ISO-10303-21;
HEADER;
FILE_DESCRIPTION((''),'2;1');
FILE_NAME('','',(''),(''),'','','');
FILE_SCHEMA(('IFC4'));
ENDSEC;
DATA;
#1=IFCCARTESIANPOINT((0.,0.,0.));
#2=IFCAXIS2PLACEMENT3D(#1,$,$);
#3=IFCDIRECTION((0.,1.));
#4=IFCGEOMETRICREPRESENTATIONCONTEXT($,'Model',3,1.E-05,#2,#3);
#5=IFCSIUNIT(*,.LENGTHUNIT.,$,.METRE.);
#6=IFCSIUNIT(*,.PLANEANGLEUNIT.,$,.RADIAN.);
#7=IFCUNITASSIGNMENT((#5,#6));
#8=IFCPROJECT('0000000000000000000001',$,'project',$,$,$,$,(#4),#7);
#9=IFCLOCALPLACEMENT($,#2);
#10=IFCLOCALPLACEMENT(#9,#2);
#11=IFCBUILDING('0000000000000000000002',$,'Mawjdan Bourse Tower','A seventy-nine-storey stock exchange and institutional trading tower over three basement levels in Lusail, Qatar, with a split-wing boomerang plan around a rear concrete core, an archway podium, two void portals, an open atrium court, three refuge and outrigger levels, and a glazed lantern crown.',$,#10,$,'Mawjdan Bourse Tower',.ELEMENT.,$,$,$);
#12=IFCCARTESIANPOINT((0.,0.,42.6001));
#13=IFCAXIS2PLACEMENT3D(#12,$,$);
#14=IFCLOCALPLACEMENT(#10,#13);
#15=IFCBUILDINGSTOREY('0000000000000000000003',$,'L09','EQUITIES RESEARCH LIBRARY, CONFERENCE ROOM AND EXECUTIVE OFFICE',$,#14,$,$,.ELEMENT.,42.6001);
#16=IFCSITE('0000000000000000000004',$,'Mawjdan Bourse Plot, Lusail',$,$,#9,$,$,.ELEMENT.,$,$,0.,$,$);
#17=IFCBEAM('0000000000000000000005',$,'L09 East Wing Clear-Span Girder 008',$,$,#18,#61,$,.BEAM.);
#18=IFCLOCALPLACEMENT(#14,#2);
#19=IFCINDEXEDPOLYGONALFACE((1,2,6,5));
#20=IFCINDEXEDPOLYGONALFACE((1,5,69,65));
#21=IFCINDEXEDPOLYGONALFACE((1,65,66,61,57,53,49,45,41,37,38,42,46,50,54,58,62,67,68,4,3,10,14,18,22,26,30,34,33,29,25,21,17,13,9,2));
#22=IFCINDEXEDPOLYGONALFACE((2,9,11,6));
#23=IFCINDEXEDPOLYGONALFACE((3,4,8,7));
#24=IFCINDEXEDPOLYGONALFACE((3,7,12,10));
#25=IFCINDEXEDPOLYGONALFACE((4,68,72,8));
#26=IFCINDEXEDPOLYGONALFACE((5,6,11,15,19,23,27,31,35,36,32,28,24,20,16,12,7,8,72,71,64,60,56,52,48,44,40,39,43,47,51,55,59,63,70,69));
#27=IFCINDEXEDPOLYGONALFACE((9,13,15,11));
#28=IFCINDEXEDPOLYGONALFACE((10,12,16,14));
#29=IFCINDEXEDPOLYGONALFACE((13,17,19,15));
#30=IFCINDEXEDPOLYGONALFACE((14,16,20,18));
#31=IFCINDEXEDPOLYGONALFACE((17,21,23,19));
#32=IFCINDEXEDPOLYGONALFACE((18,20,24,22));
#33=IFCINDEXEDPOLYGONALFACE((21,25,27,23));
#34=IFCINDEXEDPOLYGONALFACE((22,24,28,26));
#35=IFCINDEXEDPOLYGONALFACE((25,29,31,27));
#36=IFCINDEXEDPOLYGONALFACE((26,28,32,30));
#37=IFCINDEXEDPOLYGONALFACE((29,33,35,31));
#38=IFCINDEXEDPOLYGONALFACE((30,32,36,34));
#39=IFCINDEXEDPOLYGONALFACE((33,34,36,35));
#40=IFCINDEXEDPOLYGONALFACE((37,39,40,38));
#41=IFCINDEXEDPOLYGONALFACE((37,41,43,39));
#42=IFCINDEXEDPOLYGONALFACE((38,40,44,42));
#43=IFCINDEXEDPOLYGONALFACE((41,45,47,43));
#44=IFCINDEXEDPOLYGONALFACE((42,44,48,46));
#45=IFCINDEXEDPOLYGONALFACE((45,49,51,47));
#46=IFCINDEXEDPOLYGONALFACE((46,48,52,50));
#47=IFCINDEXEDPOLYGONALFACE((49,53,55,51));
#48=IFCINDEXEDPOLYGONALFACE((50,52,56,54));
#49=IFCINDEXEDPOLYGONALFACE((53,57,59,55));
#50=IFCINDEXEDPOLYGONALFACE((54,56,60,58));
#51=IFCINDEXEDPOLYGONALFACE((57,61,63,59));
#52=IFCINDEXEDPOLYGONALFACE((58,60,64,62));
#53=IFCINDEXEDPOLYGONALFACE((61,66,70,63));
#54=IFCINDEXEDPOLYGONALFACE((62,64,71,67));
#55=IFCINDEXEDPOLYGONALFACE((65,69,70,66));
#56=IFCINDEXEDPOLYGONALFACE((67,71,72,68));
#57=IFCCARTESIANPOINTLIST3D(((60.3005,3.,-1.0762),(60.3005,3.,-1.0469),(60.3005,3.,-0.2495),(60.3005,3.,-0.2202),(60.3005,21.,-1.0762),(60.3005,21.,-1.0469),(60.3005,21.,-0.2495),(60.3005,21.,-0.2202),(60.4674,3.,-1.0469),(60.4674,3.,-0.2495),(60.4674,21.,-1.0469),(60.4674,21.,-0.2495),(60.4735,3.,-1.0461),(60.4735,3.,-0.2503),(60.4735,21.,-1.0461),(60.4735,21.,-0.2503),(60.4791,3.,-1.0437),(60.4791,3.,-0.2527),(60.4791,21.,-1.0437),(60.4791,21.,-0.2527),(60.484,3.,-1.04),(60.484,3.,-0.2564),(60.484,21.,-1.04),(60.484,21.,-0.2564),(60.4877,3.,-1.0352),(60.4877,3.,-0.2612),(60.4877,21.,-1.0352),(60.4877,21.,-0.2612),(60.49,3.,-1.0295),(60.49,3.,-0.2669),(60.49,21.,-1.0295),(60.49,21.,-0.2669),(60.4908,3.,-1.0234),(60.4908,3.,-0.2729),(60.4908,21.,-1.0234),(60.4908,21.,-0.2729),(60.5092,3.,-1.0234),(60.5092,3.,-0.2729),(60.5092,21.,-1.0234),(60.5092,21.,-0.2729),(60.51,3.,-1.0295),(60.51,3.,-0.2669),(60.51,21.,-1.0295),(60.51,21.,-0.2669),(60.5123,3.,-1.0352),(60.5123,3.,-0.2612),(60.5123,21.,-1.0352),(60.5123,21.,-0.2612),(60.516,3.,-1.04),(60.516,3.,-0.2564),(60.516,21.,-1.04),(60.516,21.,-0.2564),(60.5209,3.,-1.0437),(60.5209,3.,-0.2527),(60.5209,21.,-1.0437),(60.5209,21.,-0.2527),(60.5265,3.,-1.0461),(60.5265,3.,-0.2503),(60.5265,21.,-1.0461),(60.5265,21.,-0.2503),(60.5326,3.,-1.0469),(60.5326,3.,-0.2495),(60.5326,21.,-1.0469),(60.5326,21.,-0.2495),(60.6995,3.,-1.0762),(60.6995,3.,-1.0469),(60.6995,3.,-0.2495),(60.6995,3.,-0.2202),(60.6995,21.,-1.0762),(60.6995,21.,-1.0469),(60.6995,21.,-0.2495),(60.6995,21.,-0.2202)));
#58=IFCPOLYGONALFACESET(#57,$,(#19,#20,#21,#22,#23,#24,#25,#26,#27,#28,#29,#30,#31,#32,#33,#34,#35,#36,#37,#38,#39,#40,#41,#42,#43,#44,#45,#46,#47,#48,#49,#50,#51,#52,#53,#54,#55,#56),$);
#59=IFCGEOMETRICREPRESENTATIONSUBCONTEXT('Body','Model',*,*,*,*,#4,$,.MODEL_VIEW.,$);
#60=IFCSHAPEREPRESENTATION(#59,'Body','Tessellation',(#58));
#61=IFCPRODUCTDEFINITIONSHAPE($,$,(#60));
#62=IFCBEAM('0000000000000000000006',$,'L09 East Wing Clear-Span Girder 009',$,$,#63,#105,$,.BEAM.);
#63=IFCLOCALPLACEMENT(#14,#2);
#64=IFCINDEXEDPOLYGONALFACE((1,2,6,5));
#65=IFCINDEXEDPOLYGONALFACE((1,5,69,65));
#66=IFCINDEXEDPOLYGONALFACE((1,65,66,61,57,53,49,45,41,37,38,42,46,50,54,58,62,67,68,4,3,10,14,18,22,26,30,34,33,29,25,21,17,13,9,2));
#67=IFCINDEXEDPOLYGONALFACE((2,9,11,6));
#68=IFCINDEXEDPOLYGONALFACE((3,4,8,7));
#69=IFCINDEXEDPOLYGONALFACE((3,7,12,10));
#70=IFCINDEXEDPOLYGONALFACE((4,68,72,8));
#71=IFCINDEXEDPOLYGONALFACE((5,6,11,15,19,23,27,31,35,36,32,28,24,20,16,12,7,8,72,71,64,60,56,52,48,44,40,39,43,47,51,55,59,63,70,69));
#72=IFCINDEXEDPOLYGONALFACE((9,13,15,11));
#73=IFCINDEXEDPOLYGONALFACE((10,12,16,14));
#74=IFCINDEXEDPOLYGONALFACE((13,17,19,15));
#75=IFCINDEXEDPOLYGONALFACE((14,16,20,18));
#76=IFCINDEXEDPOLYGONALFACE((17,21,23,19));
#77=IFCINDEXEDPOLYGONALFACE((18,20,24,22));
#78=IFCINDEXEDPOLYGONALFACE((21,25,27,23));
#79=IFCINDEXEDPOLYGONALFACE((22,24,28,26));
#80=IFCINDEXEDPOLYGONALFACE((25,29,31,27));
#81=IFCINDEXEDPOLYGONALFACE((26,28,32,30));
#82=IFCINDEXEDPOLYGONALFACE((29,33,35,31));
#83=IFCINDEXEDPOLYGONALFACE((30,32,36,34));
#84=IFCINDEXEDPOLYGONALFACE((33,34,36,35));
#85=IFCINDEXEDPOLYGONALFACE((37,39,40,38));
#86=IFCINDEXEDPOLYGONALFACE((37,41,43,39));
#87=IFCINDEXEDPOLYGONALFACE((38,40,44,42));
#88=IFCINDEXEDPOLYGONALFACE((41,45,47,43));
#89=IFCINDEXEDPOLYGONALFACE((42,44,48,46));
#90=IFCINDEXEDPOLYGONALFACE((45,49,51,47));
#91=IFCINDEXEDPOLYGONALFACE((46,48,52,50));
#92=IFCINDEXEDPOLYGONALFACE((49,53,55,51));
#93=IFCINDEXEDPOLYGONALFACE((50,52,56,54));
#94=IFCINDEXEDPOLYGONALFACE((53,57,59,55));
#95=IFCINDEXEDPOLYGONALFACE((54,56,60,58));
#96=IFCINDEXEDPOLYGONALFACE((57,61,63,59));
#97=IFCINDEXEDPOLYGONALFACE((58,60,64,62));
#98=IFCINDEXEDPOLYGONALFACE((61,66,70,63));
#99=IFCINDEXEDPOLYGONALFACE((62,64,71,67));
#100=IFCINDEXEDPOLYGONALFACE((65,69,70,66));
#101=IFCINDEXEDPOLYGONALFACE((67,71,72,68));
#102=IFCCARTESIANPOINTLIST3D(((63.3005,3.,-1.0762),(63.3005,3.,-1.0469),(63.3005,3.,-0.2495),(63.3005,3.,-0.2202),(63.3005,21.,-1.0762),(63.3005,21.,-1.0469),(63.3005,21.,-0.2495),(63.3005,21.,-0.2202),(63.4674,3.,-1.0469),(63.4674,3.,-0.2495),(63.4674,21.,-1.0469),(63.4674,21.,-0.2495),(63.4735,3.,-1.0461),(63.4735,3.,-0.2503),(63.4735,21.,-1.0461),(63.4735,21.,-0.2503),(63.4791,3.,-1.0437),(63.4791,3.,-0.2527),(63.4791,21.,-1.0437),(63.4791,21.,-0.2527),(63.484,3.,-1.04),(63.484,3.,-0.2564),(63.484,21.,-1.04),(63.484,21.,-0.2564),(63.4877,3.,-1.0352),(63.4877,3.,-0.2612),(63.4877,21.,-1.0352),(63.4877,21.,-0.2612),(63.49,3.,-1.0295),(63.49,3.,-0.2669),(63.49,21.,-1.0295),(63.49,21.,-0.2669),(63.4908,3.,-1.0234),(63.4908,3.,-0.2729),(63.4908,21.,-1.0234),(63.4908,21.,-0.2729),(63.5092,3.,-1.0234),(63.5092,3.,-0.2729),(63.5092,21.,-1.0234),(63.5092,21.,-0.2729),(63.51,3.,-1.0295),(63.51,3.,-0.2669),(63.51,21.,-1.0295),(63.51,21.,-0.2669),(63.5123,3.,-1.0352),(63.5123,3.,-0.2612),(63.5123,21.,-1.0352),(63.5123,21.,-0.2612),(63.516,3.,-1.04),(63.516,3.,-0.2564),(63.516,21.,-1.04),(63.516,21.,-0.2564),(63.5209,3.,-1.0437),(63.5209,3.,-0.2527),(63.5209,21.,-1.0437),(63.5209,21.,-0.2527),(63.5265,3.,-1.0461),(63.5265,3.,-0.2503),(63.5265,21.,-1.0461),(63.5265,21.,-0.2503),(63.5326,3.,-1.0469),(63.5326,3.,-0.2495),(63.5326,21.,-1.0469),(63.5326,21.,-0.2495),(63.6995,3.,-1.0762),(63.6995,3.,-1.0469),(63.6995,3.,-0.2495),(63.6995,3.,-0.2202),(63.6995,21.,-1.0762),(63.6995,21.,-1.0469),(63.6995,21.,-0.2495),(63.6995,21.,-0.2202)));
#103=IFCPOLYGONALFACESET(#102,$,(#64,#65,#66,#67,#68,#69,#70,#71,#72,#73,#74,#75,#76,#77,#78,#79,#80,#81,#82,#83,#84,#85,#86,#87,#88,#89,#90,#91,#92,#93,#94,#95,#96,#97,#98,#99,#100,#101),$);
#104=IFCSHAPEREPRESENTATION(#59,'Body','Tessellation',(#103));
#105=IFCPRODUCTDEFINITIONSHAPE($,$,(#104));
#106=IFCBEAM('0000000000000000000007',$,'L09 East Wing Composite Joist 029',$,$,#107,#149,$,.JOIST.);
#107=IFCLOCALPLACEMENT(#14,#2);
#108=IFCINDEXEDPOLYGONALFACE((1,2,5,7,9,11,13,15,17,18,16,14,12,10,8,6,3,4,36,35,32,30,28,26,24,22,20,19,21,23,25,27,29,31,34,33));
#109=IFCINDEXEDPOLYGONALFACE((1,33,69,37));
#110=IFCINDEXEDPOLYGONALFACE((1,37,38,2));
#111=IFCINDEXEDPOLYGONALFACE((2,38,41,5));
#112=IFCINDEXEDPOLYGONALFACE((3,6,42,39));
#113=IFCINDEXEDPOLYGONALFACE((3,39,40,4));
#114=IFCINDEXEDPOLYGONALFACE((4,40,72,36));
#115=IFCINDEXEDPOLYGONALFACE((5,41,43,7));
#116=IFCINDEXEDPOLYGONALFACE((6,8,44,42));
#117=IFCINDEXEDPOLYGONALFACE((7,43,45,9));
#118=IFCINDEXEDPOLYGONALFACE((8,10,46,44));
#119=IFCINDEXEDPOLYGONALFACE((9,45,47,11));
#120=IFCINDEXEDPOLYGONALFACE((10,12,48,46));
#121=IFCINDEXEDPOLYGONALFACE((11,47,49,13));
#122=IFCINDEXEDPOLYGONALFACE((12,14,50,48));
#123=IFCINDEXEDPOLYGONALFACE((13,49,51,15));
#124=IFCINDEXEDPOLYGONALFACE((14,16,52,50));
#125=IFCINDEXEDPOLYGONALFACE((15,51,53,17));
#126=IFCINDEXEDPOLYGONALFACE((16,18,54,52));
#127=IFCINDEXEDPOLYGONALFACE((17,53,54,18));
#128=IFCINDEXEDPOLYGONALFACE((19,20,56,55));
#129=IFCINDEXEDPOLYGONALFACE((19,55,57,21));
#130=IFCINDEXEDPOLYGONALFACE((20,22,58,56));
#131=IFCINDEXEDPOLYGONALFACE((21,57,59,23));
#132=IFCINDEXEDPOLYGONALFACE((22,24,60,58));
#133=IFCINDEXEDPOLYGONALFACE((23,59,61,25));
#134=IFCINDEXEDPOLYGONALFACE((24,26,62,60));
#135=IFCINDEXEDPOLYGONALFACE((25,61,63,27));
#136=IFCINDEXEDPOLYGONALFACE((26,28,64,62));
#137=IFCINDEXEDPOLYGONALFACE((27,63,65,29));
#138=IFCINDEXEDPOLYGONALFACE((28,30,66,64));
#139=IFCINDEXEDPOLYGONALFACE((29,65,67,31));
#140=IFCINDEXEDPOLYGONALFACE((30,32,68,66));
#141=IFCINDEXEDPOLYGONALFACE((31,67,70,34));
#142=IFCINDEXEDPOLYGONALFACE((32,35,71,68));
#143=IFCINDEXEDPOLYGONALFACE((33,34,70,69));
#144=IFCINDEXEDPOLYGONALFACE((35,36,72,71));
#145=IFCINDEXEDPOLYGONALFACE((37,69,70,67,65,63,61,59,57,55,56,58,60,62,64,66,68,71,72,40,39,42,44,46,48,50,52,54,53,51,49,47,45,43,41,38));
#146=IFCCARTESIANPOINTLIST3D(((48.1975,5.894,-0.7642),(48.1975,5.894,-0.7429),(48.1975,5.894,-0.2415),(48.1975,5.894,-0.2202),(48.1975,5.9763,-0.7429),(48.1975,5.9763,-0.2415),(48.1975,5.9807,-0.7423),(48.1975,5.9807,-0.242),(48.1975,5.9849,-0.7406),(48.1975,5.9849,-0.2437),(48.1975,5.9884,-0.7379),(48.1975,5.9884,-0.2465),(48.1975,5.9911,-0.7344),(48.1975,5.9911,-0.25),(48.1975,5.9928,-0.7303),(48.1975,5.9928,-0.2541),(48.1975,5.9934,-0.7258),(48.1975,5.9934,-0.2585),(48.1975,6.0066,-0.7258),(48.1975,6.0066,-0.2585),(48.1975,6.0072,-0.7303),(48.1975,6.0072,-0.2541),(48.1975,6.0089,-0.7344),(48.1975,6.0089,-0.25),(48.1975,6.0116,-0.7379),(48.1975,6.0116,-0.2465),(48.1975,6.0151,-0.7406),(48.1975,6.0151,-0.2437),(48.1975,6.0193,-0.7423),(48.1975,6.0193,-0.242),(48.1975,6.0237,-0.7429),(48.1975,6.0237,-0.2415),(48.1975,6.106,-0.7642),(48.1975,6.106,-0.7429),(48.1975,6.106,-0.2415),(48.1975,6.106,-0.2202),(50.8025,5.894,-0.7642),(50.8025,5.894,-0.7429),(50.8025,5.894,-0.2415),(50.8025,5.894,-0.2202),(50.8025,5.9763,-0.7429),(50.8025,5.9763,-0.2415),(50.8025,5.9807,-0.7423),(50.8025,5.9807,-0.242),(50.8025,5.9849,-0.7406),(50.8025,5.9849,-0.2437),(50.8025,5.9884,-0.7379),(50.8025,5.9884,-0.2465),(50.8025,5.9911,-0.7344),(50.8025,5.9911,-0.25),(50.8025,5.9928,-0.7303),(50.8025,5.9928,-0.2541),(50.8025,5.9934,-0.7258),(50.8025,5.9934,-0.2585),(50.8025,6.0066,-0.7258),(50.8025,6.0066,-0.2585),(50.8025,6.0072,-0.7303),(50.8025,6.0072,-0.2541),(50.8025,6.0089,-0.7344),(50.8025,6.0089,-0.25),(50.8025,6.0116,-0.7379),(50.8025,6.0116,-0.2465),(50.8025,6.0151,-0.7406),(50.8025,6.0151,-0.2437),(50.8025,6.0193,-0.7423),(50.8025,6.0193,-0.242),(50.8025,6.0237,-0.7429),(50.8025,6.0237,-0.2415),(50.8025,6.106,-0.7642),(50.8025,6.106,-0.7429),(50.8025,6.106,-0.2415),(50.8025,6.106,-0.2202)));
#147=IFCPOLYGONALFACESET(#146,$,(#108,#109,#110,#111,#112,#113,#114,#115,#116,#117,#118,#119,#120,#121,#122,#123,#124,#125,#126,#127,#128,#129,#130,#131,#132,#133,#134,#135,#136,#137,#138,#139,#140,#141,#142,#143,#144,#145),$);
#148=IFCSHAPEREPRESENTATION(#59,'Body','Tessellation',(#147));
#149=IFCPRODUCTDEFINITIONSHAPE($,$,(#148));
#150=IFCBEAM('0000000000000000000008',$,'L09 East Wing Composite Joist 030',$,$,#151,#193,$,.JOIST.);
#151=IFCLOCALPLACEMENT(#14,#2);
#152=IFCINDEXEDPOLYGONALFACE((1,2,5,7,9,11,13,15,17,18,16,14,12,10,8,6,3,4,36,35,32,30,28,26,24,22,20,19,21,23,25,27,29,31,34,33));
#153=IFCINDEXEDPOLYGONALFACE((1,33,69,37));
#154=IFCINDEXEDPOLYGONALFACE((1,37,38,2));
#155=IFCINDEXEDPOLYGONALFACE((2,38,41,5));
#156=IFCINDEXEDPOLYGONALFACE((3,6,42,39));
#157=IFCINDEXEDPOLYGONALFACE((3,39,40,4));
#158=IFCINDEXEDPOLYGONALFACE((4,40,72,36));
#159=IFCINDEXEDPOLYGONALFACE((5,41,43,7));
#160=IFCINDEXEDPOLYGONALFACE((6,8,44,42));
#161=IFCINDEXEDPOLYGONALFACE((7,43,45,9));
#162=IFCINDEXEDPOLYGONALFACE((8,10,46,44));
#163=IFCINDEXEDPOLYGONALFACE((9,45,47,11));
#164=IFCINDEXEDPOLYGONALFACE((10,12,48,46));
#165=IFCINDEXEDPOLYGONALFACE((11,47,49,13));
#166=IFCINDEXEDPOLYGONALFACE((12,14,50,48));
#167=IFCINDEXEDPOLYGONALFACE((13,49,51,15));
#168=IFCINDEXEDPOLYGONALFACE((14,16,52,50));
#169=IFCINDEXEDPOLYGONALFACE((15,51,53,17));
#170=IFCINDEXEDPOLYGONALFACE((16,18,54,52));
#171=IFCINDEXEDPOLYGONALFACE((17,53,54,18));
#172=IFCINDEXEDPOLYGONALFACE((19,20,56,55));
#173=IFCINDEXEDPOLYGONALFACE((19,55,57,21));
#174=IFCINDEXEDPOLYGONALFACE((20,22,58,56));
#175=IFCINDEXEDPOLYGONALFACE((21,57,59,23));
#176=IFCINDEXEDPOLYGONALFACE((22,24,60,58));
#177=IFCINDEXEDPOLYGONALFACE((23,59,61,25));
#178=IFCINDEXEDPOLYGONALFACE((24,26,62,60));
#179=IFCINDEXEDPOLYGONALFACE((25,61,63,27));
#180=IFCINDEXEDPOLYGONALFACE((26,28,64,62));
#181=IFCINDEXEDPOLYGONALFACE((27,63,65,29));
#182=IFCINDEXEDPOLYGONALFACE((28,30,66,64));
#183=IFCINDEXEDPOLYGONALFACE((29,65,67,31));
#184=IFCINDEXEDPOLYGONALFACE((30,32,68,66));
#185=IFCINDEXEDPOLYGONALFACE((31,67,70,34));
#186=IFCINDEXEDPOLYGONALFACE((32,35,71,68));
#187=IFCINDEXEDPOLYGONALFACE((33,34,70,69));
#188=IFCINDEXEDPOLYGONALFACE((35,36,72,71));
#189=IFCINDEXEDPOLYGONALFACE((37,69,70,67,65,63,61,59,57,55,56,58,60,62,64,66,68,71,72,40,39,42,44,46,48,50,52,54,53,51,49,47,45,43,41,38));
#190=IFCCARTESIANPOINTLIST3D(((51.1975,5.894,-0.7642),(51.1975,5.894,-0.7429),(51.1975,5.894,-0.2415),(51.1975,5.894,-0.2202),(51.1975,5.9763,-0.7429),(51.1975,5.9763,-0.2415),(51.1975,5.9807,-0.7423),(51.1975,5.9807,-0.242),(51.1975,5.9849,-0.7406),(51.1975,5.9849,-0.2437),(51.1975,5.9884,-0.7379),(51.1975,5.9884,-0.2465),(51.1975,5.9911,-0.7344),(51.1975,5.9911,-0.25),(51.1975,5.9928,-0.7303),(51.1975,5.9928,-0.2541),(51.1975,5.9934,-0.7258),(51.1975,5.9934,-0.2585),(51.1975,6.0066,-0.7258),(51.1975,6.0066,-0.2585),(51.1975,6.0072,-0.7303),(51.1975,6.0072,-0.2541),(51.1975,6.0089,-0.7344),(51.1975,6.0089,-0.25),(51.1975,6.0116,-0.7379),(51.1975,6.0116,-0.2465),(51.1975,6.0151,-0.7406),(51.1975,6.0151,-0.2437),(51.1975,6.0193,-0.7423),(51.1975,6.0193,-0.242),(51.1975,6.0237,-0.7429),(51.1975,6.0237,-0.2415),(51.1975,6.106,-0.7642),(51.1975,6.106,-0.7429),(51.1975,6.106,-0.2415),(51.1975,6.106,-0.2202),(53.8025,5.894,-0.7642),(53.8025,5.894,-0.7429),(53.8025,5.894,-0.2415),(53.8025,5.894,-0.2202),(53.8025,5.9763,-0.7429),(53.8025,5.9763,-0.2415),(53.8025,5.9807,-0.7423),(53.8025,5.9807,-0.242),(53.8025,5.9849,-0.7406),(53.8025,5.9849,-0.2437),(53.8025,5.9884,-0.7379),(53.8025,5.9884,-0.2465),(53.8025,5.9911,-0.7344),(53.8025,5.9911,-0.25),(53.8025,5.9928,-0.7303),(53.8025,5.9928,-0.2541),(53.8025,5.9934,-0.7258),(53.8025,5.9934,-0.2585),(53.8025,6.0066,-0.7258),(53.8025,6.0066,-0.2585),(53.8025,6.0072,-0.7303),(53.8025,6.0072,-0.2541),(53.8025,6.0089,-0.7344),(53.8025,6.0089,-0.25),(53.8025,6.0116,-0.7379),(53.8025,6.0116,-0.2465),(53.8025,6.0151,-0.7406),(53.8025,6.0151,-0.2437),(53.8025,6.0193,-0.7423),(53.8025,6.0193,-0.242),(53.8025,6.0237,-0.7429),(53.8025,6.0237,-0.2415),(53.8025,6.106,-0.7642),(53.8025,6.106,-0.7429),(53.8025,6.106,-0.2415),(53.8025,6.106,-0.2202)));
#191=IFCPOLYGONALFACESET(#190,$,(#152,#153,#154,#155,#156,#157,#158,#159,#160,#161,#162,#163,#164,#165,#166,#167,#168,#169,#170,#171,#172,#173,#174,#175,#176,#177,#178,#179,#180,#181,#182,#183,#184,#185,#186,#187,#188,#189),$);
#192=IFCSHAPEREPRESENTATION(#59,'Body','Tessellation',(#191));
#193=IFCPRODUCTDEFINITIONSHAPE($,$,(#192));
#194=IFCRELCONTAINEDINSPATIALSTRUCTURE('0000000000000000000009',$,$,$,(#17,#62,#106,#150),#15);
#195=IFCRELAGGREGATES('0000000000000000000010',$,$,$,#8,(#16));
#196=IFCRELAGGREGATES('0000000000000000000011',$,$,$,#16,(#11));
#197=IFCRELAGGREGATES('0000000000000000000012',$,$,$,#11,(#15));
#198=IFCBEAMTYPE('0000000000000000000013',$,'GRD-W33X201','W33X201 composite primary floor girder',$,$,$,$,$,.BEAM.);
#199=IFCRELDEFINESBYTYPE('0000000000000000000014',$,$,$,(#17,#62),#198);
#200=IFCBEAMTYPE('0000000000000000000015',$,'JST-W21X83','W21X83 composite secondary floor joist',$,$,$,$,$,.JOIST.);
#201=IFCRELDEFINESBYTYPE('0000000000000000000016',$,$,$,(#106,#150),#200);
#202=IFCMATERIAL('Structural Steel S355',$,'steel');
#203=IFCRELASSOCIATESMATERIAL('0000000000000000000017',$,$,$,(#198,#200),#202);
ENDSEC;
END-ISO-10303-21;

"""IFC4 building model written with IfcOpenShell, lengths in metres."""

from ifc_helpers import new_model, si_unit, direction, frame, origin, origin_2d, place, context, subcontext, project, spatial, i_section, extrude, material, material_profile, profile_set, type_object, element, save


model = new_model("IFC4")

# Units and contexts
model_context = context("Model", 3, precision=1e-05, world=origin(), true_north=direction((0.0, 1.0)))
body_context = subcontext(model_context, "Body", "Model", "MODEL_VIEW")
ifc_project = project(units=[si_unit("LENGTHUNIT", "METRE"), si_unit("PLANEANGLEUNIT", "RADIAN")], contexts=[model_context])

# Site, building, storey
site_placement = place(None, origin())
site = spatial("IfcSite", under=ifc_project, at=site_placement, Name="Mawjdan Bourse Plot, Lusail", CompositionType="ELEMENT", RefElevation=0.0)
building_placement = place(site_placement, origin())
building = spatial("IfcBuilding", under=site, at=building_placement, Name="Mawjdan Bourse Tower", Description="A seventy-nine-storey stock exchange and institutional trading tower over three basement levels in Lusail, Qatar, with a split-wing boomerang plan around a rear concrete core, an archway podium, two void portals, an open atrium court, three refuge and outrigger levels, and a glazed lantern crown.", LongName="Mawjdan Bourse Tower", CompositionType="ELEMENT")
storey_placement = place(building_placement, frame((0.0, 0.0, 42.6001)))
storey = spatial("IfcBuildingStorey", under=building, at=storey_placement, Name="L09", Description="EQUITIES RESEARCH LIBRARY, CONFERENCE ROOM AND EXECUTIVE OFFICE", CompositionType="ELEMENT", Elevation=42.6001)

# Beams
ifc_material_1 = material(Name="Structural Steel S355", Category="steel")
ifc_material_profile_1 = material_profile(ifc_material_1, i_section(OverallWidth=0.3989, OverallDepth=0.856, WebThickness=0.0183, FlangeThickness=0.0293, FilletRadius=0.0234, at=origin_2d()), Name="W33X201")
ifc_profile_set_1 = profile_set([ifc_material_profile_1], Name="Structural Steel S355")
beam_type_1 = type_object("IfcBeamType", Name="GRD-W33X201", Description="W33X201 composite primary floor girder", PredefinedType="BEAM", material=ifc_profile_set_1)
for number, where, z_axis, x_axis, name in (
    (1, (60.5, 3.0, -0.6482), (0.0, 1.0, 0.0), (-1.0, 0.0, 0.0), "L09 East Wing Clear-Span Girder 008"),
    (2, (63.5, 3.0, -0.6482), (0.0, 1.0, 0.0), (-1.0, 0.0, 0.0), "L09 East Wing Clear-Span Girder 009"),
):
    element("IfcBeam", number, at=place(storey_placement, frame(where, z_axis=z_axis, x_axis=x_axis)), inside=storey, type_object=beam_type_1, Name=name, PredefinedType="BEAM", context=body_context, shape_type="SweptSolid", body=[
        extrude(i_section(OverallWidth=0.3989, OverallDepth=0.856, WebThickness=0.0183, FlangeThickness=0.0293, FilletRadius=0.0234, at=origin_2d()), origin(), (0.0, 0.0, 1.0), 18.0),
    ])
ifc_material_profile_2 = material_profile(ifc_material_1, i_section(OverallWidth=0.2119, OverallDepth=0.5439, WebThickness=0.0132, FlangeThickness=0.0212, FilletRadius=0.0171, at=origin_2d()), Name="W21X83")
ifc_profile_set_2 = profile_set([ifc_material_profile_2], Name="Structural Steel S355")
beam_type_2 = type_object("IfcBeamType", Name="JST-W21X83", Description="W21X83 composite secondary floor joist", PredefinedType="JOIST", material=ifc_profile_set_2)
for number, where, z_axis, x_axis, name in (
    (3, (48.1975, 6.0, -0.4922), (1.0, 0.0, 0.0), (0.0, 1.0, 0.0), "L09 East Wing Composite Joist 029"),
    (4, (51.1975, 6.0, -0.4922), (1.0, 0.0, 0.0), (0.0, 1.0, 0.0), "L09 East Wing Composite Joist 030"),
):
    element("IfcBeam", number, at=place(storey_placement, frame(where, z_axis=z_axis, x_axis=x_axis)), inside=storey, type_object=beam_type_2, Name=name, PredefinedType="JOIST", context=body_context, shape_type="SweptSolid", body=[
        extrude(i_section(OverallWidth=0.2119, OverallDepth=0.5439, WebThickness=0.0132, FlangeThickness=0.0212, FilletRadius=0.0171, at=origin_2d()), origin(), (0.0, 0.0, 1.0), 2.605),
    ])

save(model, "model.ifc")
